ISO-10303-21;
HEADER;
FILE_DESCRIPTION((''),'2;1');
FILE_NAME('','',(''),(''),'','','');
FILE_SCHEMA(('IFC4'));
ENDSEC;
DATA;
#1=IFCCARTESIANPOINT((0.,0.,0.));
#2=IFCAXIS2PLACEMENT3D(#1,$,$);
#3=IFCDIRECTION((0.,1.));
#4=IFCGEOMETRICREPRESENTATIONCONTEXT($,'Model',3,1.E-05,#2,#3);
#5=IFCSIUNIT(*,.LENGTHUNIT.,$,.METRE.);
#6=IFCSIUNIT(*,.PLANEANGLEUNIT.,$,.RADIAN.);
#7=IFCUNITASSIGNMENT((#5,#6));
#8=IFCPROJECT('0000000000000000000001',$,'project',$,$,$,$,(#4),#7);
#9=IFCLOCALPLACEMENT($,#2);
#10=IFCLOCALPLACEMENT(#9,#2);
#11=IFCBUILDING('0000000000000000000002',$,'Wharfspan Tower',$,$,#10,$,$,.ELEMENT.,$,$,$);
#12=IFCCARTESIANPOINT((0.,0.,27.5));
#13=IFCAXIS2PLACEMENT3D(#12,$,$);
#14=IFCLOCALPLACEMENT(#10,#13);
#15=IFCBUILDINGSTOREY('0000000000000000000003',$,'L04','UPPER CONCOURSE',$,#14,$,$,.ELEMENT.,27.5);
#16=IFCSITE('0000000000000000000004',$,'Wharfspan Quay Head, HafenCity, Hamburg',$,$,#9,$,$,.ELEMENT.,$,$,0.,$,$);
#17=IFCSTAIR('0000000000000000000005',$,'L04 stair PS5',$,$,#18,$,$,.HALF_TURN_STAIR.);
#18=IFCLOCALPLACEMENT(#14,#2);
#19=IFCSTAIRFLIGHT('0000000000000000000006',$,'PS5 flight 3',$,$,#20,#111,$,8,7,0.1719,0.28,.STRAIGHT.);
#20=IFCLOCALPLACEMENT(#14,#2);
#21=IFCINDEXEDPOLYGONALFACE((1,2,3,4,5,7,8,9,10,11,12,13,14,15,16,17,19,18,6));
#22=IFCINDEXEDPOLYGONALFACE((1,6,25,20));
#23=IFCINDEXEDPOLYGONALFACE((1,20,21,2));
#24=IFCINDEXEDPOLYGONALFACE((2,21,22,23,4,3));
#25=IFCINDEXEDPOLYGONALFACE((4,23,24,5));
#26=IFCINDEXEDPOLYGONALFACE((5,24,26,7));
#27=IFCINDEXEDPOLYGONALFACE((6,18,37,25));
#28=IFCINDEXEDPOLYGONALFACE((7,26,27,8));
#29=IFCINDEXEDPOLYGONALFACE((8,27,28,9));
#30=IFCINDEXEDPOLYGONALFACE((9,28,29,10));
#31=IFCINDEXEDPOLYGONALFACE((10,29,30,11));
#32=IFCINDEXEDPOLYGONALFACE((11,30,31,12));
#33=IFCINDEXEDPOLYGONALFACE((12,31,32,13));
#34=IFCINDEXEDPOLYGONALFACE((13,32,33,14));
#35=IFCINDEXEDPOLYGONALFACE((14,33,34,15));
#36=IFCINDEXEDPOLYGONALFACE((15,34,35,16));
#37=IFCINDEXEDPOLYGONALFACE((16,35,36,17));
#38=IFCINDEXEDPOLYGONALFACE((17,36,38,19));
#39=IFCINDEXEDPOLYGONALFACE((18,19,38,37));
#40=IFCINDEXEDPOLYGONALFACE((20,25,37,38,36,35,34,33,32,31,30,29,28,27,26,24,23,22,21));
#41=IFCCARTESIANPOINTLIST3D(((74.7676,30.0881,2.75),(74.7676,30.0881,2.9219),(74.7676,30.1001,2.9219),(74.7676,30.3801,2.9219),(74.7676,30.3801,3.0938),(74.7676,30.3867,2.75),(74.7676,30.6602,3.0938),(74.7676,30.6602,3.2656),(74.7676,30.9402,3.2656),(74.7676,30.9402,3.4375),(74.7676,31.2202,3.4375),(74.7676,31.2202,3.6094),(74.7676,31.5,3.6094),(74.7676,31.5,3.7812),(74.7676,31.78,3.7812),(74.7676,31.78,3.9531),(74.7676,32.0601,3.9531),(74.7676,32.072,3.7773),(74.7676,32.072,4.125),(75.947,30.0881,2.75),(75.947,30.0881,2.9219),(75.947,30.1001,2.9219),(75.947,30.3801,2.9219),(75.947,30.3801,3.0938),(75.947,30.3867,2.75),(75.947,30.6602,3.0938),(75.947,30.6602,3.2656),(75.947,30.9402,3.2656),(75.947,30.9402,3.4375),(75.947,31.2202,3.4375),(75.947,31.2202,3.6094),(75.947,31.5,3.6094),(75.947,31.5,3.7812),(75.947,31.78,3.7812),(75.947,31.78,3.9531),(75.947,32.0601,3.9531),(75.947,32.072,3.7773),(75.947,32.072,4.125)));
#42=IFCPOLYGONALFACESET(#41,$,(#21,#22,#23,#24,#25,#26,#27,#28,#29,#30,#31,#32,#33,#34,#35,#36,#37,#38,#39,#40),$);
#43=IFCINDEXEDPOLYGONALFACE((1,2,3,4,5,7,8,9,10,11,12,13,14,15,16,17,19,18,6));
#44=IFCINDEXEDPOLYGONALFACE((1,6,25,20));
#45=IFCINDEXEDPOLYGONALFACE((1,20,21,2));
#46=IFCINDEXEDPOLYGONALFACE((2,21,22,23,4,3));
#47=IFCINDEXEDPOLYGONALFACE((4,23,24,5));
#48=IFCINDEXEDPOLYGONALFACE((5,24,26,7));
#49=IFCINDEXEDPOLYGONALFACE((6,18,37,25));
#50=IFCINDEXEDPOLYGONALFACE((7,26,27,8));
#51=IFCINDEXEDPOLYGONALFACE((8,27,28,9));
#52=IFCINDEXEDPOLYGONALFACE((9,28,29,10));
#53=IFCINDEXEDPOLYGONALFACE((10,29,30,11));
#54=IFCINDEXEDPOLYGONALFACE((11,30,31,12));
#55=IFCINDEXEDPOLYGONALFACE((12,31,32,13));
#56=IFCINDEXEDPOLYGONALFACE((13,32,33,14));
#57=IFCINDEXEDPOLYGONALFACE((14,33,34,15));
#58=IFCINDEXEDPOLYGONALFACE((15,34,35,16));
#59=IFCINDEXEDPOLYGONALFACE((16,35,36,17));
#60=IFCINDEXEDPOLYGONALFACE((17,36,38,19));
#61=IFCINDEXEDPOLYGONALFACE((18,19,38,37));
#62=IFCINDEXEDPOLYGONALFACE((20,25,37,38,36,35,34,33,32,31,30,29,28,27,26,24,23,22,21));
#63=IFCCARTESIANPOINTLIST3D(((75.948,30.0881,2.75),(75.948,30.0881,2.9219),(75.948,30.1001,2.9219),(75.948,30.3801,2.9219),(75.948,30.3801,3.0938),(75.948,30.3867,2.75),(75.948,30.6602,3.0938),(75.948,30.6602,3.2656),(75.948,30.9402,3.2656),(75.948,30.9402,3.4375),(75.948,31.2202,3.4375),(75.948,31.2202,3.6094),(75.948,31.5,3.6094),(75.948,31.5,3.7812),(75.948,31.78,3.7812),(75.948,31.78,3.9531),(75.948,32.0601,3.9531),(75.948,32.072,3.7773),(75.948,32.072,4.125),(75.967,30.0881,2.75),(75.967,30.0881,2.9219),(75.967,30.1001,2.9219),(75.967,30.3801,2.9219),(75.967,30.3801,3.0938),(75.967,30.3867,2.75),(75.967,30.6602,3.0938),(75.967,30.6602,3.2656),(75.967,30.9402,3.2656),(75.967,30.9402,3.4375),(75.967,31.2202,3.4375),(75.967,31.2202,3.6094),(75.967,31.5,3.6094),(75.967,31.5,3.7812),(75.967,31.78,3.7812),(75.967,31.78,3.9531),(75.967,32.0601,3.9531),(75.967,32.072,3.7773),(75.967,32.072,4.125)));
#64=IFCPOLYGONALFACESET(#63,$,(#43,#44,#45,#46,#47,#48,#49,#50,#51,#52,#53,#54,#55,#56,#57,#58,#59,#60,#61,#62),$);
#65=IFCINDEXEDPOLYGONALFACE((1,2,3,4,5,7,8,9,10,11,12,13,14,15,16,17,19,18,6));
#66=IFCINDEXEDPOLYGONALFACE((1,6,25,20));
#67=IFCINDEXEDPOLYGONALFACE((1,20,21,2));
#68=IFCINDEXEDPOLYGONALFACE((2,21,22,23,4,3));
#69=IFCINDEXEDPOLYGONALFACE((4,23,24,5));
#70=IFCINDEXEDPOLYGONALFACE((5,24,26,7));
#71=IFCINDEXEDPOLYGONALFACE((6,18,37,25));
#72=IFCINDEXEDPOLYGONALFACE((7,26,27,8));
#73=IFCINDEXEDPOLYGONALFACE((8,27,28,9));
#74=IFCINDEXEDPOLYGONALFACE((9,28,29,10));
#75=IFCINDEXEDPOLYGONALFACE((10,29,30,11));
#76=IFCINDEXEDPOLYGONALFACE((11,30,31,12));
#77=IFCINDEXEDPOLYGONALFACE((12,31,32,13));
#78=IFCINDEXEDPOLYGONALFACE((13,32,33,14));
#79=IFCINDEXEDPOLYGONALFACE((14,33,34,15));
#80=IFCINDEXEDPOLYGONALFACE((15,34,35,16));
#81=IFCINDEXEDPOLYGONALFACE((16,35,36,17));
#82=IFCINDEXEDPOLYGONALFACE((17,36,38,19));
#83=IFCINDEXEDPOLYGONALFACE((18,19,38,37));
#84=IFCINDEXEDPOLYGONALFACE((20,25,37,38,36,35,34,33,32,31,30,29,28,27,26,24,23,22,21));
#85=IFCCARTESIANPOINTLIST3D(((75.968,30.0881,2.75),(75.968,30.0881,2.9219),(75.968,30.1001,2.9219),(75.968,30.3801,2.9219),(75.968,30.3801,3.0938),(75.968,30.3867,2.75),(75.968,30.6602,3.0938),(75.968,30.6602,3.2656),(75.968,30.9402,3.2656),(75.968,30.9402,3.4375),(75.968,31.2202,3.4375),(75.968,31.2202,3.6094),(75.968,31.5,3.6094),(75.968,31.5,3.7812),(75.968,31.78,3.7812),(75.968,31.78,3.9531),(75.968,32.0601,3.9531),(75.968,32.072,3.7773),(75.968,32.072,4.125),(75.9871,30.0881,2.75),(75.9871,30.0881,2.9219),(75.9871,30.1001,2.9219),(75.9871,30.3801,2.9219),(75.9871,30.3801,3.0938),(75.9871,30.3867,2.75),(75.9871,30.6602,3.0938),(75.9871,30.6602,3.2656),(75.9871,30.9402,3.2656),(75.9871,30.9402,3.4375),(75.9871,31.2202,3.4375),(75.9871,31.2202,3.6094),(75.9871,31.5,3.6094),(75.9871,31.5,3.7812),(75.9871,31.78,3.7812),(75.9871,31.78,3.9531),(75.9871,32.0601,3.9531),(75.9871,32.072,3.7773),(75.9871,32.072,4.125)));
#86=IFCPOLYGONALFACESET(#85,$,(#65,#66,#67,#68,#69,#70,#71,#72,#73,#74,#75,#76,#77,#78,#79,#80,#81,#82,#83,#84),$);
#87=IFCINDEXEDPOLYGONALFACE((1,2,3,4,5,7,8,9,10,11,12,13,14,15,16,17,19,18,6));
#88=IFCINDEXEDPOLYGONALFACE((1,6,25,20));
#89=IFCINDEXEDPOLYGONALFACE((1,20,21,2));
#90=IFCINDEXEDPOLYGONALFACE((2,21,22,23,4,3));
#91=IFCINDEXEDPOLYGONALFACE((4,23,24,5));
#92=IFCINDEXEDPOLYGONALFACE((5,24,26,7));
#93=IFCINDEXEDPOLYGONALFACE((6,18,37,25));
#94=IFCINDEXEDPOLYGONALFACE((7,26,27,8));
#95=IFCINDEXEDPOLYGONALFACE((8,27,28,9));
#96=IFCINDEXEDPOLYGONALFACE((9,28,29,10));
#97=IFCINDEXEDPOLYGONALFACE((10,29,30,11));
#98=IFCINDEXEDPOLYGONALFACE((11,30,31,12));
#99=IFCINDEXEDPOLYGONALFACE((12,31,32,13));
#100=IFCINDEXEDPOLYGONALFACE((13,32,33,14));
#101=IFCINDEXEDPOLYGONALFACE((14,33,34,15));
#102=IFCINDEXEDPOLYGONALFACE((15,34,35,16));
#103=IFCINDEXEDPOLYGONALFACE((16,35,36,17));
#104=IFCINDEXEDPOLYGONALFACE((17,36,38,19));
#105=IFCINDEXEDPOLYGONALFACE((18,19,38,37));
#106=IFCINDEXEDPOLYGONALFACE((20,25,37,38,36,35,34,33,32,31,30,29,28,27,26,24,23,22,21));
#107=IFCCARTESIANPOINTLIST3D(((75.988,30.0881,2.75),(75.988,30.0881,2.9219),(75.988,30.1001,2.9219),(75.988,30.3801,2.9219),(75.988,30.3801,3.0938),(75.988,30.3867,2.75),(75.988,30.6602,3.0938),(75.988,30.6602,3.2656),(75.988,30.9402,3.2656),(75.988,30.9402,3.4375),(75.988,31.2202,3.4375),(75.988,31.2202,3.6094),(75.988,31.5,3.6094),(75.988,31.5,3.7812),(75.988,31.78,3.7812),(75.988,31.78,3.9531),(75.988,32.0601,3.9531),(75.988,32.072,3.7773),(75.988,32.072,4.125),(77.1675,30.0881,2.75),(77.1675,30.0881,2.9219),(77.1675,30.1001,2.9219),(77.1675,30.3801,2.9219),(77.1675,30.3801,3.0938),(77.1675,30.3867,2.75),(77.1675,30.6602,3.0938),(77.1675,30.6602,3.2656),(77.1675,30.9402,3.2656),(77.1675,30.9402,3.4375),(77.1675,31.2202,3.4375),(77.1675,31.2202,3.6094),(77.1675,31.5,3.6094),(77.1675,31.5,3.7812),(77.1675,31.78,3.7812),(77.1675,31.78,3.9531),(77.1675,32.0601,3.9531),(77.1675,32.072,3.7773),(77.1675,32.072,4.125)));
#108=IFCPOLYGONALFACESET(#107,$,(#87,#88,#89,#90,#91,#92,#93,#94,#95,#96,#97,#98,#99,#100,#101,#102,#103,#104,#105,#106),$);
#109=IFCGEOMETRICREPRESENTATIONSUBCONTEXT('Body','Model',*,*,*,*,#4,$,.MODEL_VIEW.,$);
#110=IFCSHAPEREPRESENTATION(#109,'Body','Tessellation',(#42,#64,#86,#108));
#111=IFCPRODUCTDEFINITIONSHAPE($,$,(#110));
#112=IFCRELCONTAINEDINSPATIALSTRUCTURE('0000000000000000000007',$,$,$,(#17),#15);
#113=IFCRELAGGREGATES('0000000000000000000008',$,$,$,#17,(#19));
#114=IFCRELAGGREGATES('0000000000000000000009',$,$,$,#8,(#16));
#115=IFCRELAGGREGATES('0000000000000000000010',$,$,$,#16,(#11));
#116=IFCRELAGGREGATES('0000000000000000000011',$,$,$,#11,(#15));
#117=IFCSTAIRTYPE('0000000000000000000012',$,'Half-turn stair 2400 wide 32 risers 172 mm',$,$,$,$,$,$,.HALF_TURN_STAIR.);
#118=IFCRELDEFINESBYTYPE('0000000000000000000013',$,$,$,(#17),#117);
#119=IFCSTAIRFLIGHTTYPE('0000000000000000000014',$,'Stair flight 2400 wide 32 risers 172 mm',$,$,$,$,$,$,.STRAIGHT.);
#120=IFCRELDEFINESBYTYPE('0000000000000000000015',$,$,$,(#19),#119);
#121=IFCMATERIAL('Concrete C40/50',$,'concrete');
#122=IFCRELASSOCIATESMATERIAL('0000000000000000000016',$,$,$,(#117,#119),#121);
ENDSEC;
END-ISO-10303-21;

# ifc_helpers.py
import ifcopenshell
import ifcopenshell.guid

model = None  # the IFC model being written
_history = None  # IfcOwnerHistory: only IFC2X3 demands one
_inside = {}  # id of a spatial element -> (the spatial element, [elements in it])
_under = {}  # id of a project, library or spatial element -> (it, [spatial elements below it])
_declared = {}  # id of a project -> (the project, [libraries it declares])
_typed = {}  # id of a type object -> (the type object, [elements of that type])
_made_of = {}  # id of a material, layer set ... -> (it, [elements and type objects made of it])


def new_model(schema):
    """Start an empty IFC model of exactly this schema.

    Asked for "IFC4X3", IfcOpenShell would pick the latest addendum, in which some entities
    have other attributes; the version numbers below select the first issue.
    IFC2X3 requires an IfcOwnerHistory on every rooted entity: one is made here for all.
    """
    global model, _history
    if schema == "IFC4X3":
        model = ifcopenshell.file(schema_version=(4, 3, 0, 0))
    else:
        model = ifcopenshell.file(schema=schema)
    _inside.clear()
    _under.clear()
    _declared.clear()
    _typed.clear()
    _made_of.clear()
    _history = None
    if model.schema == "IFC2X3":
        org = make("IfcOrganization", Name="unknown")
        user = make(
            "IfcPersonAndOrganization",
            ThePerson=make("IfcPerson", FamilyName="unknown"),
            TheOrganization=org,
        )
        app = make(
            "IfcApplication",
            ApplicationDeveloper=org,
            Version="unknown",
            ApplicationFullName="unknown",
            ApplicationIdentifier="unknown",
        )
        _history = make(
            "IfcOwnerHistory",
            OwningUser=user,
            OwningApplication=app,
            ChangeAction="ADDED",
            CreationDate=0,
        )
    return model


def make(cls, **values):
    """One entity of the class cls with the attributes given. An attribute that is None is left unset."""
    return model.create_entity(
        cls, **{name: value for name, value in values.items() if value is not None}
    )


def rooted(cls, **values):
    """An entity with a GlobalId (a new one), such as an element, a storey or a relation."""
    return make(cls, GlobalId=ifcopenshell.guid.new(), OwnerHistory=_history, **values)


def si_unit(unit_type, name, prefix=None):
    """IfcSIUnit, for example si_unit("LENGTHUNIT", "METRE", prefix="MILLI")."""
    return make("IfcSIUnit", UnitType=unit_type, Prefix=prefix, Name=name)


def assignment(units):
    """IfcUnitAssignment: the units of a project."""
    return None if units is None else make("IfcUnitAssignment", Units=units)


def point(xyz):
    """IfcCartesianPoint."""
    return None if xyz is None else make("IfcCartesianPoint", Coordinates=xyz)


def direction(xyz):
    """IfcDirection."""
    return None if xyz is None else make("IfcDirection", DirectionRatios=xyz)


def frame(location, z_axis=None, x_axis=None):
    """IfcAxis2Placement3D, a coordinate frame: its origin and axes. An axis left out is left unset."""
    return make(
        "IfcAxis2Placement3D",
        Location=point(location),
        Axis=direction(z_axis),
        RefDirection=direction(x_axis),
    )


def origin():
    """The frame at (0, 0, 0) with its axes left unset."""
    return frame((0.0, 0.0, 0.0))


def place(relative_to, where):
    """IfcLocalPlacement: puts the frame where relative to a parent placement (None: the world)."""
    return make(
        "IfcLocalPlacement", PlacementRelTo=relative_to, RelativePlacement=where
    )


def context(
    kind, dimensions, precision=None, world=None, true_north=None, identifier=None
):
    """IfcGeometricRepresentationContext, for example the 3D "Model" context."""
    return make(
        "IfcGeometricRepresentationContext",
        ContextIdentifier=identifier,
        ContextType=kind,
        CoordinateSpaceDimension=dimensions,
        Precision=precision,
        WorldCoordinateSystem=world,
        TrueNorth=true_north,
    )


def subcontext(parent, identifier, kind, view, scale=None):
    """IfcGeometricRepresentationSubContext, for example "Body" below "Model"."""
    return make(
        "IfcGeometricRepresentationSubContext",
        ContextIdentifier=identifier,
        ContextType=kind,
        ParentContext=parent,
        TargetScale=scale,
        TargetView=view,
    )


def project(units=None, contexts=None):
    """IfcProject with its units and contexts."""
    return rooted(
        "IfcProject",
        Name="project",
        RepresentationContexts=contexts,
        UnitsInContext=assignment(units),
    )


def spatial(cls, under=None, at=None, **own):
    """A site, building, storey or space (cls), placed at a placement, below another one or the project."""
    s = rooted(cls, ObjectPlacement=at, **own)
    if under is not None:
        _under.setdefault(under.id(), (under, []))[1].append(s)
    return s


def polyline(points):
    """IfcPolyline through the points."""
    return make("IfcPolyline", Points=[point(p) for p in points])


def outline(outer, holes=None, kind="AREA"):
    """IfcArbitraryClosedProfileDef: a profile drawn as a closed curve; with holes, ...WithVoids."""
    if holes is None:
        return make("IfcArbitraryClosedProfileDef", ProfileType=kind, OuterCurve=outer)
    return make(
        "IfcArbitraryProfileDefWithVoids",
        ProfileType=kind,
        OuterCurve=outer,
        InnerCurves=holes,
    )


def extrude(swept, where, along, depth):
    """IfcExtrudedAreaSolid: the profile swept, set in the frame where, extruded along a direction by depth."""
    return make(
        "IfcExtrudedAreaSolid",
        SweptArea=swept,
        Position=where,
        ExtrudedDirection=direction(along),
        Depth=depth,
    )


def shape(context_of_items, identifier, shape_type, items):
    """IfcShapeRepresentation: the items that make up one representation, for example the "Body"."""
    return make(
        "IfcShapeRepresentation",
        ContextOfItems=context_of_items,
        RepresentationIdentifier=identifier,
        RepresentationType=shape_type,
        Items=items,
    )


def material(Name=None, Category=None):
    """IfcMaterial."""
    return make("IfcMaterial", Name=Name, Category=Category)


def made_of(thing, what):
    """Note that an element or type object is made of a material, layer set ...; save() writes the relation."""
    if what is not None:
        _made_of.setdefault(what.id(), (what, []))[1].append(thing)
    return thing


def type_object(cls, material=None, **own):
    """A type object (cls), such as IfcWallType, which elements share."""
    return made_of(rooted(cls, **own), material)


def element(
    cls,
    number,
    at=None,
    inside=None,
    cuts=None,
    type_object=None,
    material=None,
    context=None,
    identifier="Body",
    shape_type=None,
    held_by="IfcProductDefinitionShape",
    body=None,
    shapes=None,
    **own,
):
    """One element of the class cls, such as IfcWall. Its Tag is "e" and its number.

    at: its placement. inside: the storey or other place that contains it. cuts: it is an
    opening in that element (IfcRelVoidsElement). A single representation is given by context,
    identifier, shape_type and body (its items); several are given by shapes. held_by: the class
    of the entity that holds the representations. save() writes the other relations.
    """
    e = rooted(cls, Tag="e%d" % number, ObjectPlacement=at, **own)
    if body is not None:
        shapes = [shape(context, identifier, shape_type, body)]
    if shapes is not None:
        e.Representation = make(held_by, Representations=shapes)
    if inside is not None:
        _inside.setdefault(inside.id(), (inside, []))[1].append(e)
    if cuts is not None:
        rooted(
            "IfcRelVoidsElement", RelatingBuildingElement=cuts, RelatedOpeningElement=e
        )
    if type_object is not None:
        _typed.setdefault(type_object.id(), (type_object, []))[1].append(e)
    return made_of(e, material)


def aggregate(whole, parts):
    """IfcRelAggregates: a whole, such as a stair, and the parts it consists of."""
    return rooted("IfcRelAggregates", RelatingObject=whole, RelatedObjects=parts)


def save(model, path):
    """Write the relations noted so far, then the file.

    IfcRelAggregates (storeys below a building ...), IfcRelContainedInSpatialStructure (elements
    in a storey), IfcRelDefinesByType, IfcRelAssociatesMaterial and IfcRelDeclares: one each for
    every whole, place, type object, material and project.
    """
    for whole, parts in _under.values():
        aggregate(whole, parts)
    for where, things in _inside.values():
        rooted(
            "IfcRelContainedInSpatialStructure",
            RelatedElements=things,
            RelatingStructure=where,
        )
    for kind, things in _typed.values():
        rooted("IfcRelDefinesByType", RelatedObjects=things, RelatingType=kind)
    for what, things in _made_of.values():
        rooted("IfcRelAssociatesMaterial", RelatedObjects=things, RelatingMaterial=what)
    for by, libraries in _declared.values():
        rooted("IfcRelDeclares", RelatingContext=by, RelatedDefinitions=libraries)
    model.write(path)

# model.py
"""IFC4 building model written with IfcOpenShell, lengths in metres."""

from ifc_helpers import new_model, si_unit, direction, frame, origin, place, context, subcontext, project, spatial, polyline, outline, extrude, material, type_object, element, aggregate, save


model = new_model("IFC4")

# Units and contexts
model_context = context("Model", 3, precision=1e-05, world=origin(), true_north=direction((0.0, 1.0)))
body_context = subcontext(model_context, "Body", "Model", "MODEL_VIEW")
ifc_project = project(units=[si_unit("LENGTHUNIT", "METRE"), si_unit("PLANEANGLEUNIT", "RADIAN")], contexts=[model_context])

# Site, building, storey
site_placement = place(None, origin())
site = spatial("IfcSite", under=ifc_project, at=site_placement, Name="Wharfspan Quay Head, HafenCity, Hamburg", CompositionType="ELEMENT", RefElevation=0.0)
building_placement = place(site_placement, origin())
building = spatial("IfcBuilding", under=site, at=building_placement, Name="Wharfspan Tower", CompositionType="ELEMENT")
storey_placement = place(building_placement, frame((0.0, 0.0, 27.5)))
storey = spatial("IfcBuildingStorey", under=building, at=storey_placement, Name="L04", Description="UPPER CONCOURSE", CompositionType="ELEMENT", Elevation=27.5)

# Shared definitions
ifc_material_1 = material(Name="Concrete C40/50", Category="concrete")

# Stair, stair flight
stair_type = type_object("IfcStairType", Name="Half-turn stair 2400 wide 32 risers 172 mm", PredefinedType="HALF_TURN_STAIR", material=ifc_material_1)
stair_placement = place(storey_placement, origin())
stair = element("IfcStair", 1, at=stair_placement, inside=storey, type_object=stair_type, Name="L04 stair PS5", PredefinedType="HALF_TURN_STAIR")
stair_flight_type = type_object("IfcStairFlightType", Name="Stair flight 2400 wide 32 risers 172 mm", PredefinedType="STRAIGHT", material=ifc_material_1)
stair_flight_1_placement = place(storey_placement, frame((75.9675, 30.1001, 2.75), z_axis=(0.0, 0.0, 1.0), x_axis=(0.0, 1.0, 0.0)))
stair_flight_1 = element("IfcStairFlight", 2, at=stair_flight_1_placement, type_object=stair_flight_type, Name="PS5 flight 3", NumberOfRisers=8, NumberOfTreads=7, PredefinedType="STRAIGHT", RiserHeight=0.1719, TreadLength=0.28, context=body_context, shape_type="SweptSolid", body=[
    extrude(outline(polyline([(-0.012, 0.0), (-0.012, 0.1719), (0.0, 0.1719), (0.28, 0.1719), (0.28, 0.3438), (0.5601, 0.3438), (0.5601, 0.5156), (0.8401, 0.5156), (0.8401, 0.6875), (1.1201, 0.6875), (1.1201, 0.8594), (1.3999, 0.8594), (1.3999, 1.0312), (1.6799, 1.0312), (1.6799, 1.2031), (1.96, 1.2031), (1.9719, 1.375), (1.9719, 1.0273), (0.2866, 0.0), (-0.012, 0.0)])), frame((0.0, 1.2, 0.0), z_axis=(0.0, -1.0, 0.0), x_axis=(1.0, 0.0, 0.0)), (0.0, 0.0, 1.0), 1.1794),
    extrude(outline(polyline([(-0.012, 0.0), (-0.012, 0.1719), (0.0, 0.1719), (0.28, 0.1719), (0.28, 0.3438), (0.5601, 0.3438), (0.5601, 0.5156), (0.8401, 0.5156), (0.8401, 0.6875), (1.1201, 0.6875), (1.1201, 0.8594), (1.3999, 0.8594), (1.3999, 1.0312), (1.6799, 1.0312), (1.6799, 1.2031), (1.96, 1.2031), (1.9719, 1.375), (1.9719, 1.0273), (0.2866, 0.0), (-0.012, 0.0)])), frame((0.0, 0.0195, 0.0), z_axis=(0.0, -1.0, 0.0), x_axis=(1.0, 0.0, 0.0)), (0.0, 0.0, 1.0), 0.019),
    extrude(outline(polyline([(-0.012, 0.0), (-0.012, 0.1719), (0.0, 0.1719), (0.28, 0.1719), (0.28, 0.3438), (0.5601, 0.3438), (0.5601, 0.5156), (0.8401, 0.5156), (0.8401, 0.6875), (1.1201, 0.6875), (1.1201, 0.8594), (1.3999, 0.8594), (1.3999, 1.0312), (1.6799, 1.0312), (1.6799, 1.2031), (1.96, 1.2031), (1.9719, 1.375), (1.9719, 1.0273), (0.2866, 0.0), (-0.012, 0.0)])), frame((0.0, -0.0005, 0.0), z_axis=(0.0, -1.0, 0.0), x_axis=(1.0, 0.0, 0.0)), (0.0, 0.0, 1.0), 0.019),
    extrude(outline(polyline([(-0.012, 0.0), (-0.012, 0.1719), (0.0, 0.1719), (0.28, 0.1719), (0.28, 0.3438), (0.5601, 0.3438), (0.5601, 0.5156), (0.8401, 0.5156), (0.8401, 0.6875), (1.1201, 0.6875), (1.1201, 0.8594), (1.3999, 0.8594), (1.3999, 1.0312), (1.6799, 1.0312), (1.6799, 1.2031), (1.96, 1.2031), (1.9719, 1.375), (1.9719, 1.0273), (0.2866, 0.0), (-0.012, 0.0)])), frame((0.0, -0.0205, 0.0), z_axis=(0.0, -1.0, 0.0), x_axis=(1.0, 0.0, 0.0)), (0.0, 0.0, 1.0), 1.1794),
])
aggregate(stair, [stair_flight_1])

save(model, "model.ifc")
